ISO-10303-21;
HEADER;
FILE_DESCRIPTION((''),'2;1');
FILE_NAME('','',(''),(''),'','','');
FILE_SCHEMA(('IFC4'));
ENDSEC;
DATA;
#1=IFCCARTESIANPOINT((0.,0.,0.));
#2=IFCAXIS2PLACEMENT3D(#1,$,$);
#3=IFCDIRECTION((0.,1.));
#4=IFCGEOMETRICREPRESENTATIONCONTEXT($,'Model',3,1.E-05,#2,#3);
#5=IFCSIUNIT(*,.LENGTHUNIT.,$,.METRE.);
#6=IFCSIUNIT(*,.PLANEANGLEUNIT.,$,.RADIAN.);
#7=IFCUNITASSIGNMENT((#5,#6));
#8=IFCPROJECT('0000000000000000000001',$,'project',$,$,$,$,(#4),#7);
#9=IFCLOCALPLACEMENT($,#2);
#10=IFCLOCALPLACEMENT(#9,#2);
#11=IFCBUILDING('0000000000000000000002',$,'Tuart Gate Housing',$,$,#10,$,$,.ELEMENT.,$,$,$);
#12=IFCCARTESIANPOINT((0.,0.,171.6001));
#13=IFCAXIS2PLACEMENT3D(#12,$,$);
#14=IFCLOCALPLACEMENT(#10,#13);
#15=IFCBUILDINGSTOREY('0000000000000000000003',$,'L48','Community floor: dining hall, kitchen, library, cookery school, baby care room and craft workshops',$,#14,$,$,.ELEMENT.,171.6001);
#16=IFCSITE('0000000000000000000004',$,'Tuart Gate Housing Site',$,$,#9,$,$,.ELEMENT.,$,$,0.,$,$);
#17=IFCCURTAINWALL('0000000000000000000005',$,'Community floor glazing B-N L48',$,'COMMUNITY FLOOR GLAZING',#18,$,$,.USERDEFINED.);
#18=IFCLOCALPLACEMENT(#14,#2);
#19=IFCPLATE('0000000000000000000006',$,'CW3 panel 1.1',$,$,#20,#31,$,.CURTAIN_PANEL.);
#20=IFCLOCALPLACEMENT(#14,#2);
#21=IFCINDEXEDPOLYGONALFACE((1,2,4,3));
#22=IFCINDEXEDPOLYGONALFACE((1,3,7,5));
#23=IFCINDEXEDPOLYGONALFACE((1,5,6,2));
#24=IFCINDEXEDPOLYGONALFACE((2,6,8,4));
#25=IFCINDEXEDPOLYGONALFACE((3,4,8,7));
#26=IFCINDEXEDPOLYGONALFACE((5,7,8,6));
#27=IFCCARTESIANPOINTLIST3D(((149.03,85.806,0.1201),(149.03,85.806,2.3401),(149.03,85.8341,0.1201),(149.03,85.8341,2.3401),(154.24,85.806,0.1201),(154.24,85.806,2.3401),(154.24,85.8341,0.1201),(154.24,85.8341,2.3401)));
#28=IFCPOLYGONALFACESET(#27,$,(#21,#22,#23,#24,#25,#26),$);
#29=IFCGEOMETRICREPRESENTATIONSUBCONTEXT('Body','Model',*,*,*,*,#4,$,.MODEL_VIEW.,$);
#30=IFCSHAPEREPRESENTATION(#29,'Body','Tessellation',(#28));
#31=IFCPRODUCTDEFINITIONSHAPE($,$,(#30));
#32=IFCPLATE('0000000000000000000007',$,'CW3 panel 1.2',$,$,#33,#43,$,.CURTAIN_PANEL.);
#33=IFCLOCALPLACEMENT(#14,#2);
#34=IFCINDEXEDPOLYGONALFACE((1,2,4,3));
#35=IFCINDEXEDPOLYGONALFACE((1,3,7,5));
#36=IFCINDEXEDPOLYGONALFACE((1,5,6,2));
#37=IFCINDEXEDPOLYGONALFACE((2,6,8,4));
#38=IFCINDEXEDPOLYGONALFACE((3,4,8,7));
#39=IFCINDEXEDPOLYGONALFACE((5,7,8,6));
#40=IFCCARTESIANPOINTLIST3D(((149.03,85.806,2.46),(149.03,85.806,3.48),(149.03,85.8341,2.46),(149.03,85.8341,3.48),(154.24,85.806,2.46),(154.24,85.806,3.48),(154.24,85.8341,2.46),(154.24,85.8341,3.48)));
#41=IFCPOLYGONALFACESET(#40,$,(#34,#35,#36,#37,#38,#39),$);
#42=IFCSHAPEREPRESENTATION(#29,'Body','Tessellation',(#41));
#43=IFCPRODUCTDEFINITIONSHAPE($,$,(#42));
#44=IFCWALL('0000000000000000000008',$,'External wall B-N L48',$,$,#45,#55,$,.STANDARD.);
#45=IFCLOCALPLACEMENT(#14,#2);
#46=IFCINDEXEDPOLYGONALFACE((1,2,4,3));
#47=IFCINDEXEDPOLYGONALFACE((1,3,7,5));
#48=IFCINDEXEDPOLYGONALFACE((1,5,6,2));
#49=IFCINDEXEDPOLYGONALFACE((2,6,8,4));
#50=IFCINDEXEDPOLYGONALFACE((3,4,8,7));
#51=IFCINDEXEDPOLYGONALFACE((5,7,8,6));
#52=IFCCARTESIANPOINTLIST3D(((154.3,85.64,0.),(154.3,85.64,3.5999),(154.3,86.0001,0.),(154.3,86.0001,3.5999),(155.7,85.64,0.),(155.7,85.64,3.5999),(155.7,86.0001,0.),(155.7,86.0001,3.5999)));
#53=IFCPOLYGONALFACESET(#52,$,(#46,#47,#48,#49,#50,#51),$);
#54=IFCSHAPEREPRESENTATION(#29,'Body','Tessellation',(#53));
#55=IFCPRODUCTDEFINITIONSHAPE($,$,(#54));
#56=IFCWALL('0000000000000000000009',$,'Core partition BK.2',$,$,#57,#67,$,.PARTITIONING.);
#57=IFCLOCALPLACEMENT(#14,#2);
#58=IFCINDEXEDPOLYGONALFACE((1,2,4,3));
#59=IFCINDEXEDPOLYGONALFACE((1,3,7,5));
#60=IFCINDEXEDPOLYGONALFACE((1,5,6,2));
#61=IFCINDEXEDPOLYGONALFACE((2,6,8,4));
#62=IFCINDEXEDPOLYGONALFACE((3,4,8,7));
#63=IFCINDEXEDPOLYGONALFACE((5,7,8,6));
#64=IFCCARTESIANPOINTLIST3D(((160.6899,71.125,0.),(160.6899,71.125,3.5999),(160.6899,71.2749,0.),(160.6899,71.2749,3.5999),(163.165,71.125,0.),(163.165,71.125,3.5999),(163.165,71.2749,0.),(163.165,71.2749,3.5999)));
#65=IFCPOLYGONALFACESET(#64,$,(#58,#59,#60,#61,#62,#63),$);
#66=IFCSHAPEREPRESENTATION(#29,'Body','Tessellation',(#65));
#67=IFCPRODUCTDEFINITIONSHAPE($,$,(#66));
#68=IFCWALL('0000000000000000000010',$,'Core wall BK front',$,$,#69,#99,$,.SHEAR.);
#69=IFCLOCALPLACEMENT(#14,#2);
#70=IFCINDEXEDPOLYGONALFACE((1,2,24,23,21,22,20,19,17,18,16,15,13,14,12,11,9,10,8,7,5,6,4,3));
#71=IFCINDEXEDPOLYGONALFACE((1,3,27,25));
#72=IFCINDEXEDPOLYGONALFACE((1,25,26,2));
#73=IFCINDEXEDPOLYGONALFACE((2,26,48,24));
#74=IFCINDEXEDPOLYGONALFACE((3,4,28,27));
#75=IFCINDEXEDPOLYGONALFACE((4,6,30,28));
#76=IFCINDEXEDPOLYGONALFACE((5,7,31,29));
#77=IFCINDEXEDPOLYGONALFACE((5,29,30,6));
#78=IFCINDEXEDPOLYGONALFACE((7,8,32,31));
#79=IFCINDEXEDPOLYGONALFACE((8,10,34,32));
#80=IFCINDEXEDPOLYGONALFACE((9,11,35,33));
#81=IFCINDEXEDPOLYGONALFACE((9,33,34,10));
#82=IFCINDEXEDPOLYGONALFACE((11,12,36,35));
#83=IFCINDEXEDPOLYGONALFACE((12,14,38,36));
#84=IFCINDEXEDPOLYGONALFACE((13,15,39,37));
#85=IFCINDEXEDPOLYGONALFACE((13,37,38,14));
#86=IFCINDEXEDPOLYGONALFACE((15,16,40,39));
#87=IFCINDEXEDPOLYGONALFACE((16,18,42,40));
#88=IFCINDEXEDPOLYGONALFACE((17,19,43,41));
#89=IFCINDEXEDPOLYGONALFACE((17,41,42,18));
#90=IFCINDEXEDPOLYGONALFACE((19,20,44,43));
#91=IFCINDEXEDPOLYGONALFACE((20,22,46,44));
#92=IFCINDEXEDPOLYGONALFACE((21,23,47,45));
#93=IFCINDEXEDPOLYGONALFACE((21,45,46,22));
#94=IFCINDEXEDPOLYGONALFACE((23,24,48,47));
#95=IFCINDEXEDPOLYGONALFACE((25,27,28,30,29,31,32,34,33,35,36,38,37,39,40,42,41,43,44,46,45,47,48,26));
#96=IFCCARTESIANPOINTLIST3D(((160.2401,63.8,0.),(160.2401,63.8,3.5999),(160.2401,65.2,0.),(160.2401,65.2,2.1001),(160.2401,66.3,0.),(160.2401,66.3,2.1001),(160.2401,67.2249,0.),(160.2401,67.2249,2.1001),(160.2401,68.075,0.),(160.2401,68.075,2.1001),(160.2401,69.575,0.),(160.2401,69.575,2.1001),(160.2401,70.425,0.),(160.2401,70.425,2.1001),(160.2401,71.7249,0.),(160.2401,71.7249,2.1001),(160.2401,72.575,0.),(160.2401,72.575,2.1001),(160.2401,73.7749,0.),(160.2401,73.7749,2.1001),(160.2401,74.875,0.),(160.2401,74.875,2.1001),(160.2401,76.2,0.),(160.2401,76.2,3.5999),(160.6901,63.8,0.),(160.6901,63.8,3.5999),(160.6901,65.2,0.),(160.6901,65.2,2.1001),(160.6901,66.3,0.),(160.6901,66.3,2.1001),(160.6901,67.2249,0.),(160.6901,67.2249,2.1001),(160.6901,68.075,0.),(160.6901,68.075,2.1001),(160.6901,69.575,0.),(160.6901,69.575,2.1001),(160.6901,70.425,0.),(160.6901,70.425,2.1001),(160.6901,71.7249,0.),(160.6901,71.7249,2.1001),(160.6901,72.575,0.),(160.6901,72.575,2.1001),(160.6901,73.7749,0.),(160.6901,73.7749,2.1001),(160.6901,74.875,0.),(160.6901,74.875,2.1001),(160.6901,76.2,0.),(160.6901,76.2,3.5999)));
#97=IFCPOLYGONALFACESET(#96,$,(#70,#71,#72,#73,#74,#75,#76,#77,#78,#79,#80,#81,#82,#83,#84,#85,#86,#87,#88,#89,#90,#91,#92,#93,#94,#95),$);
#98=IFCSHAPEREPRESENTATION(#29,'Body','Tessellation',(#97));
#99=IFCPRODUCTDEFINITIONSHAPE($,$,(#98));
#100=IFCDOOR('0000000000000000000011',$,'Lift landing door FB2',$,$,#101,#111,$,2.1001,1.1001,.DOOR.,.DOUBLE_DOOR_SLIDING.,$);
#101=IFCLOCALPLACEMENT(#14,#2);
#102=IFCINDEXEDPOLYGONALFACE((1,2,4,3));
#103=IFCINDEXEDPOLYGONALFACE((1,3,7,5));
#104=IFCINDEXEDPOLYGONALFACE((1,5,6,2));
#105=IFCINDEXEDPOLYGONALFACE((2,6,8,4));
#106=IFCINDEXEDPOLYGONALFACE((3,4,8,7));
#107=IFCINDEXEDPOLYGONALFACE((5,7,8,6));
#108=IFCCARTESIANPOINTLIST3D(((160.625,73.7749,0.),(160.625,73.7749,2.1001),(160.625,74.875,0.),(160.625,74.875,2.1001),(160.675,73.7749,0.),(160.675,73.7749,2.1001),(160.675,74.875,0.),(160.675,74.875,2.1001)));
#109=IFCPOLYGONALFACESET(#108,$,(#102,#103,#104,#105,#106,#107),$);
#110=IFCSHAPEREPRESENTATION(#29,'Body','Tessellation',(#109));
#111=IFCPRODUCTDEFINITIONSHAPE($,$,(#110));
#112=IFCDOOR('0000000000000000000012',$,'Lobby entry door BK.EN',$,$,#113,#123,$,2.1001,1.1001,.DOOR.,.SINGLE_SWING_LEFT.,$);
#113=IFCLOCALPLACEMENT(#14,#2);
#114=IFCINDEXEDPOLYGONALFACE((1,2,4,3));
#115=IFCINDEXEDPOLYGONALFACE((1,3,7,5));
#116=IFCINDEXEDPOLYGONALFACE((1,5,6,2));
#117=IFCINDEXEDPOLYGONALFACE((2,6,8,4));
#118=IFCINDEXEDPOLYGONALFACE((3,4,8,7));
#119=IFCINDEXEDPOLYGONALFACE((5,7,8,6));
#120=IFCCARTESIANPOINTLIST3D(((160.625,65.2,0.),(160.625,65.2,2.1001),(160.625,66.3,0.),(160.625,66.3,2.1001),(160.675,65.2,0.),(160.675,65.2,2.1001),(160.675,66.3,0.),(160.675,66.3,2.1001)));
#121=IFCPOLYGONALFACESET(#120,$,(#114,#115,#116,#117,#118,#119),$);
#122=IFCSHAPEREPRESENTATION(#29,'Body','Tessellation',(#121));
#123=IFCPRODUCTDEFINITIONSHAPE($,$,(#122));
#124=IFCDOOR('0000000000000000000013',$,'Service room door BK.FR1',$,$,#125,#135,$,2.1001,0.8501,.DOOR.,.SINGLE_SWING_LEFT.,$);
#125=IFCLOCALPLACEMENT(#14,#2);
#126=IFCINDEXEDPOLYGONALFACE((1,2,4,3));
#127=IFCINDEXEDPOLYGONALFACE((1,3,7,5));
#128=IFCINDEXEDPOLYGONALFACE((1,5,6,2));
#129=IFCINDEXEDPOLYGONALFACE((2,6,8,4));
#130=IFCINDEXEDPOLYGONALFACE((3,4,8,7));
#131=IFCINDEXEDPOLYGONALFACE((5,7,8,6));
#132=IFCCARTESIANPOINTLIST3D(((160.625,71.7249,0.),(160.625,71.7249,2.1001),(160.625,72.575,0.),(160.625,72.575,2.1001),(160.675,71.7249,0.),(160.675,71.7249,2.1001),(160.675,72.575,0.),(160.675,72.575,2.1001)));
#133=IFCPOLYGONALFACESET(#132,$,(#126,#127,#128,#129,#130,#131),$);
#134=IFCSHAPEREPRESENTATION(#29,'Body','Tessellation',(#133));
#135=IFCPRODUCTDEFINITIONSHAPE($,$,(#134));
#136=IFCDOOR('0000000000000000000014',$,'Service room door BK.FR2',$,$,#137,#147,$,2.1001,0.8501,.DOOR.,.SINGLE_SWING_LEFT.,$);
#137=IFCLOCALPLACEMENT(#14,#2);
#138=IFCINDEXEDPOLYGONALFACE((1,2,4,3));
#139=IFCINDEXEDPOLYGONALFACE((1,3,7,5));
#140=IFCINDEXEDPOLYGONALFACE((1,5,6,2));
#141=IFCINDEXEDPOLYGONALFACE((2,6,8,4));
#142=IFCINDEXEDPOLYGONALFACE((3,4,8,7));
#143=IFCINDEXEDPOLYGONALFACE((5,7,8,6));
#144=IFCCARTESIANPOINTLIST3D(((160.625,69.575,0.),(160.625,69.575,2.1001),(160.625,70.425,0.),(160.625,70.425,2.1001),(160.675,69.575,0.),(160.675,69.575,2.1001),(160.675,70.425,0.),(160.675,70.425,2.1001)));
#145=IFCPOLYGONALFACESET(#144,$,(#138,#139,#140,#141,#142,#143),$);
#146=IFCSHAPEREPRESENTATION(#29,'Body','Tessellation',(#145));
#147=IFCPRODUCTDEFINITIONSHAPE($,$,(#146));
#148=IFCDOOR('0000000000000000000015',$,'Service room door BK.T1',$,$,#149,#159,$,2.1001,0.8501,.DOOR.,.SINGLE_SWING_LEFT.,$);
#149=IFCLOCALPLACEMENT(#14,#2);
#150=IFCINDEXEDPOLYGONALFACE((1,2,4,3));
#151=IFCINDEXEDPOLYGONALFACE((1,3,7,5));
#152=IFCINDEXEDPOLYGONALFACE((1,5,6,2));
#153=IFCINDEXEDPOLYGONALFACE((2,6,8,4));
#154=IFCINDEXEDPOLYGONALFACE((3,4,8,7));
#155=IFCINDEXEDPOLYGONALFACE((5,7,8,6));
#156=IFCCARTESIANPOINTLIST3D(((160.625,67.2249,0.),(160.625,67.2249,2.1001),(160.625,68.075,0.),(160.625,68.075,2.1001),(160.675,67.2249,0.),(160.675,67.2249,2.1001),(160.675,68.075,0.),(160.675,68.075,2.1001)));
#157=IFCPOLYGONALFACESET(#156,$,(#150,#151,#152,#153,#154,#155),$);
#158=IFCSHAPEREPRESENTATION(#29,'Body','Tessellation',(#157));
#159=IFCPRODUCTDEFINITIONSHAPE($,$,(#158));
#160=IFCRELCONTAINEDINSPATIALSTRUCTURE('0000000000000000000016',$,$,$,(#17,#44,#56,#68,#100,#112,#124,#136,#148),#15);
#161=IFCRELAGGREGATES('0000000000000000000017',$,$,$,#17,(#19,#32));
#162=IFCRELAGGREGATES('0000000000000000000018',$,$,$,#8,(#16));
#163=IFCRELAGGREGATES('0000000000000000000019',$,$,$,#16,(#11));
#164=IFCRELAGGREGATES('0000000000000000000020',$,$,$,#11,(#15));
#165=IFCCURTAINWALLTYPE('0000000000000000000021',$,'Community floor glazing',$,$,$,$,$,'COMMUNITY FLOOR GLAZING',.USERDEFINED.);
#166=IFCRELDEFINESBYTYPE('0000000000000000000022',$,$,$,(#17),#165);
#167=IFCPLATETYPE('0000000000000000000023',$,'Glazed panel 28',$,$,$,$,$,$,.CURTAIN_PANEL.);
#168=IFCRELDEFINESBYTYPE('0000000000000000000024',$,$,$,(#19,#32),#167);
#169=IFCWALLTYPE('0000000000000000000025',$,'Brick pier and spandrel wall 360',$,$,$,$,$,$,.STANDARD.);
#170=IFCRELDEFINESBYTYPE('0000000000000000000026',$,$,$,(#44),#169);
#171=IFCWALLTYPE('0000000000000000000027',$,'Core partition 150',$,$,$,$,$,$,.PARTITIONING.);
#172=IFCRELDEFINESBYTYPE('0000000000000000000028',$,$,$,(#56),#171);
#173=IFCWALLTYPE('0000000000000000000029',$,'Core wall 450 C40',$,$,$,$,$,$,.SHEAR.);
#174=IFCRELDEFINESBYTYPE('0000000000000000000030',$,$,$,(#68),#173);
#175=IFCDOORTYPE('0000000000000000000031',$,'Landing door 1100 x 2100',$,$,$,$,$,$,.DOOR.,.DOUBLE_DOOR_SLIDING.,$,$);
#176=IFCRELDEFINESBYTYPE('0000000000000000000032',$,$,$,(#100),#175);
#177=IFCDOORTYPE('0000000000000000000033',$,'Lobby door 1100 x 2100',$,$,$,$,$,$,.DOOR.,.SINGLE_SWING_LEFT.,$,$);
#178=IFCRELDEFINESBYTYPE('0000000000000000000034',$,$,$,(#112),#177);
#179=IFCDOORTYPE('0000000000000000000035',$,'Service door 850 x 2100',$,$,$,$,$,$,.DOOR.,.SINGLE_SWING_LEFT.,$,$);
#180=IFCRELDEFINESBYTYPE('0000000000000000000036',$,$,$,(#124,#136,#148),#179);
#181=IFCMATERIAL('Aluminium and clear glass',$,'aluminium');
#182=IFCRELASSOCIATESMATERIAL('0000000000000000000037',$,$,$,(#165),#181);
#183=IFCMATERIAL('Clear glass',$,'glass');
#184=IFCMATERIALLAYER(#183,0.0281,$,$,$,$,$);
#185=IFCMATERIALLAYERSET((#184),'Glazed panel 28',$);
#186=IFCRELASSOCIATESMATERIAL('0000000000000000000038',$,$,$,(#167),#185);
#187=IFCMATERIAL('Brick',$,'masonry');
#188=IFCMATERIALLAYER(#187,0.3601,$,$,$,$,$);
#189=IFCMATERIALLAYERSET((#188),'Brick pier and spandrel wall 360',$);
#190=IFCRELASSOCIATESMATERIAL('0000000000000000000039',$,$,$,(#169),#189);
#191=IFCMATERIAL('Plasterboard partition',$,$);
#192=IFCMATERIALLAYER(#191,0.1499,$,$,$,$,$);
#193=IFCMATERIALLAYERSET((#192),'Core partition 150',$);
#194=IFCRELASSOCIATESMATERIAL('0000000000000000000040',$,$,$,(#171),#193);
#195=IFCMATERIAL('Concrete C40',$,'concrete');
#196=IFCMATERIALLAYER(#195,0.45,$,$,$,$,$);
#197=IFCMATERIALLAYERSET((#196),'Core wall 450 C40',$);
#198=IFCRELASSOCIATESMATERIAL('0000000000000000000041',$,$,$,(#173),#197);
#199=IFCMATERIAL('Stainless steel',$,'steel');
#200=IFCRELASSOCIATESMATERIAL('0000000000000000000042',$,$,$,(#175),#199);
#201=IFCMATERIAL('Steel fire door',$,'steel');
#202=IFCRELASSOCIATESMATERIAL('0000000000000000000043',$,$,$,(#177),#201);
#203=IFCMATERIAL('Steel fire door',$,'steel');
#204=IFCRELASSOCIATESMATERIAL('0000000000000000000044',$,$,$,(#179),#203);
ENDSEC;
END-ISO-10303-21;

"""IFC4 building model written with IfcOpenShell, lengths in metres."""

from ifc_helpers import new_model, si_unit, direction, frame, frame_2d, origin, origin_2d, place, context, subcontext, project, spatial, rectangle, extrude, material, layer, layer_set, type_object, element, fill, aggregate, save


model = new_model("IFC4")

# Units and contexts
model_context = context("Model", 3, precision=1e-05, world=origin(), true_north=direction((0.0, 1.0)))
body_context = subcontext(model_context, "Body", "Model", "MODEL_VIEW")
ifc_project = project(units=[si_unit("LENGTHUNIT", "METRE"), si_unit("PLANEANGLEUNIT", "RADIAN")], contexts=[model_context])

# Site, building, storey
site_placement = place(None, origin())
site = spatial("IfcSite", under=ifc_project, at=site_placement, Name="Tuart Gate Housing Site", CompositionType="ELEMENT", RefElevation=0.0)
building_placement = place(site_placement, origin())
building = spatial("IfcBuilding", under=site, at=building_placement, Name="Tuart Gate Housing", CompositionType="ELEMENT")
storey_placement = place(building_placement, frame((0.0, 0.0, 171.6001)))
storey = spatial("IfcBuildingStorey", under=building, at=storey_placement, Name="L48", Description="Community floor: dining hall, kitchen, library, cookery school, baby care room and craft workshops", CompositionType="ELEMENT", Elevation=171.6001)

# Curtain wall
ifc_material_1 = material(Name="Aluminium and clear glass", Category="aluminium")
curtain_wall_type = type_object("IfcCurtainWallType", Name="Community floor glazing", ElementType="COMMUNITY FLOOR GLAZING", PredefinedType="USERDEFINED", material=ifc_material_1)
curtain_wall_1_placement = place(storey_placement, origin())
curtain_wall_1 = element("IfcCurtainWall", 1, at=curtain_wall_1_placement, inside=storey, type_object=curtain_wall_type, Name="Community floor glazing B-N L48", ObjectType="COMMUNITY FLOOR GLAZING", PredefinedType="USERDEFINED")

# Plates
ifc_material_2 = material(Name="Clear glass", Category="glass")
ifc_layer_1 = layer(ifc_material_2, 0.0281)
ifc_layer_set_1 = layer_set([ifc_layer_1], Name="Glazed panel 28")
plate_type = type_object("IfcPlateType", Name="Glazed panel 28", PredefinedType="CURTAIN_PANEL", material=ifc_layer_set_1)
plate_1_placement = place(storey_placement, frame((151.635, 85.8201, 0.1201), z_axis=(0.0, 0.0, 1.0), x_axis=(-1.0, 0.0, 0.0)))
plate_1 = element("IfcPlate", 2, at=plate_1_placement, type_object=plate_type, Name="CW3 panel 1.1", PredefinedType="CURTAIN_PANEL", context=body_context, shape_type="SweptSolid", body=[
    extrude(rectangle(XDim=5.21, YDim=0.0281, at=origin_2d()), origin(), (0.0, 0.0, 1.0), 2.22),
])
plate_2_placement = place(storey_placement, frame((151.635, 85.8201, 2.46), z_axis=(0.0, 0.0, 1.0), x_axis=(-1.0, 0.0, 0.0)))
plate_2 = element("IfcPlate", 3, at=plate_2_placement, type_object=plate_type, Name="CW3 panel 1.2", PredefinedType="CURTAIN_PANEL", context=body_context, shape_type="SweptSolid", body=[
    extrude(rectangle(XDim=5.21, YDim=0.0281, at=origin_2d()), origin(), (0.0, 0.0, 1.0), 1.02),
])
aggregate(curtain_wall_1, [plate_1, plate_2])

# Walls
ifc_material_3 = material(Name="Brick", Category="masonry")
ifc_layer_2 = layer(ifc_material_3, 0.3601)
ifc_layer_set_2 = layer_set([ifc_layer_2], Name="Brick pier and spandrel wall 360")
wall_type_1 = type_object("IfcWallType", Name="Brick pier and spandrel wall 360", PredefinedType="STANDARD", material=ifc_layer_set_2)
wall_1_placement = place(storey_placement, frame((155.7, 85.8201, 0.0), z_axis=(0.0, 0.0, 1.0), x_axis=(-1.0, 0.0, 0.0)))
element("IfcWall", 4, at=wall_1_placement, inside=storey, type_object=wall_type_1, Name="External wall B-N L48", PredefinedType="STANDARD", context=body_context, shape_type="SweptSolid", body=[
    extrude(rectangle(XDim=1.3999, YDim=0.3601, at=frame_2d((0.7, 0.0))), origin(), (0.0, 0.0, 1.0), 3.5999),
])
ifc_material_4 = material(Name="Plasterboard partition")
ifc_layer_3 = layer(ifc_material_4, 0.1499)
ifc_layer_set_3 = layer_set([ifc_layer_3], Name="Core partition 150")
wall_type_2 = type_object("IfcWallType", Name="Core partition 150", PredefinedType="PARTITIONING", material=ifc_layer_set_3)
wall_2_placement = place(storey_placement, frame((160.6899, 71.2, 0.0), z_axis=(0.0, 0.0, 1.0), x_axis=(1.0, 0.0, 0.0)))
element("IfcWall", 5, at=wall_2_placement, inside=storey, type_object=wall_type_2, Name="Core partition BK.2", PredefinedType="PARTITIONING", context=body_context, shape_type="SweptSolid", body=[
    extrude(rectangle(XDim=2.4751, YDim=0.1499, at=frame_2d((1.2375, 0.0))), origin(), (0.0, 0.0, 1.0), 3.5999),
])

# Wall, openings, doors
ifc_material_5 = material(Name="Concrete C40", Category="concrete")
ifc_layer_4 = layer(ifc_material_5, 0.45)
ifc_layer_set_4 = layer_set([ifc_layer_4], Name="Core wall 450 C40")
wall_type_3 = type_object("IfcWallType", Name="Core wall 450 C40", PredefinedType="SHEAR", material=ifc_layer_set_4)
wall_3_placement = place(storey_placement, frame((160.4651, 76.2, 0.0), z_axis=(0.0, 0.0, 1.0), x_axis=(0.0, -1.0, 0.0)))
wall_3 = element("IfcWall", 6, at=wall_3_placement, inside=storey, type_object=wall_type_3, Name="Core wall BK front", PredefinedType="SHEAR", context=body_context, shape_type="SweptSolid", body=[
    extrude(rectangle(XDim=12.3999, YDim=0.45, at=frame_2d((6.2, 0.0))), origin(), (0.0, 0.0, 1.0), 3.5999),
])
opening_1_placement = place(wall_3_placement, frame((1.325, 0.0, 0.0)))
opening_1 = element("IfcOpeningElement", 7, at=opening_1_placement, cuts=wall_3, PredefinedType="OPENING", context=body_context, shape_type="SweptSolid", body=[
    extrude(rectangle(XDim=1.1001, YDim=2.1001, at=frame_2d((0.55, 1.05))), frame((0.0, 0.2349, 0.0), z_axis=(0.0, -1.0, 0.0), x_axis=(1.0, 0.0, 0.0)), (0.0, 0.0, 1.0), 0.47),
])
opening_2_placement = place(wall_3_placement, frame((3.625, 0.0, 0.0)))
opening_2 = element("IfcOpeningElement", 8, at=opening_2_placement, cuts=wall_3, PredefinedType="OPENING", context=body_context, shape_type="SweptSolid", body=[
    extrude(rectangle(XDim=0.8501, YDim=2.1001, at=frame_2d((0.425, 1.05))), frame((0.0, 0.2349, 0.0), z_axis=(0.0, -1.0, 0.0), x_axis=(1.0, 0.0, 0.0)), (0.0, 0.0, 1.0), 0.47),
])
opening_3_placement = place(wall_3_placement, frame((5.7749, 0.0, 0.0)))
opening_3 = element("IfcOpeningElement", 9, at=opening_3_placement, cuts=wall_3, PredefinedType="OPENING", context=body_context, shape_type="SweptSolid", body=[
    extrude(rectangle(XDim=0.8501, YDim=2.1001, at=frame_2d((0.425, 1.05))), frame((0.0, 0.2349, 0.0), z_axis=(0.0, -1.0, 0.0), x_axis=(1.0, 0.0, 0.0)), (0.0, 0.0, 1.0), 0.47),
])
opening_4_placement = place(wall_3_placement, frame((9.8999, 0.0, 0.0)))
opening_4 = element("IfcOpeningElement", 10, at=opening_4_placement, cuts=wall_3, PredefinedType="OPENING", context=body_context, shape_type="SweptSolid", body=[
    extrude(rectangle(XDim=1.1001, YDim=2.1001, at=frame_2d((0.55, 1.05))), frame((0.0, 0.2349, 0.0), z_axis=(0.0, -1.0, 0.0), x_axis=(1.0, 0.0, 0.0)), (0.0, 0.0, 1.0), 0.47),
])
opening_5_placement = place(wall_3_placement, frame((8.125, 0.0, 0.0)))
opening_5 = element("IfcOpeningElement", 11, at=opening_5_placement, cuts=wall_3, PredefinedType="OPENING", context=body_context, shape_type="SweptSolid", body=[
    extrude(rectangle(XDim=0.8501, YDim=2.1001, at=frame_2d((0.425, 1.05))), frame((0.0, 0.2349, 0.0), z_axis=(0.0, -1.0, 0.0), x_axis=(1.0, 0.0, 0.0)), (0.0, 0.0, 1.0), 0.47),
])
ifc_material_6 = material(Name="Stainless steel", Category="steel")
door_type_1 = type_object("IfcDoorType", Name="Landing door 1100 x 2100", OperationType="DOUBLE_DOOR_SLIDING", PredefinedType="DOOR", material=ifc_material_6)
door_1_placement = place(opening_1_placement, origin())
door_1 = element("IfcDoor", 12, at=door_1_placement, inside=storey, type_object=door_type_1, Name="Lift landing door FB2", OperationType="DOUBLE_DOOR_SLIDING", OverallHeight=2.1001, OverallWidth=1.1001, PredefinedType="DOOR", context=body_context, shape_type="SweptSolid", body=[
    extrude(rectangle(XDim=1.1001, YDim=2.1001, at=frame_2d((0.55, 1.05))), frame((0.0, 0.21, 0.0), z_axis=(0.0, -1.0, 0.0), x_axis=(1.0, 0.0, 0.0)), (0.0, 0.0, 1.0), 0.05),
])
fill(opening_1, door_1)
ifc_material_7 = material(Name="Steel fire door", Category="steel")
door_type_2 = type_object("IfcDoorType", Name="Lobby door 1100 x 2100", OperationType="SINGLE_SWING_LEFT", PredefinedType="DOOR", material=ifc_material_7)
door_2_placement = place(opening_4_placement, origin())
door_2 = element("IfcDoor", 13, at=door_2_placement, inside=storey, type_object=door_type_2, Name="Lobby entry door BK.EN", OperationType="SINGLE_SWING_LEFT", OverallHeight=2.1001, OverallWidth=1.1001, PredefinedType="DOOR", context=body_context, shape_type="SweptSolid", body=[
    extrude(rectangle(XDim=1.1001, YDim=2.1001, at=frame_2d((0.55, 1.05))), frame((0.0, 0.21, 0.0), z_axis=(0.0, -1.0, 0.0), x_axis=(1.0, 0.0, 0.0)), (0.0, 0.0, 1.0), 0.05),
])
fill(opening_4, door_2)
ifc_material_8 = material(Name="Steel fire door", Category="steel")
door_type_3 = type_object("IfcDoorType", Name="Service door 850 x 2100", OperationType="SINGLE_SWING_LEFT", PredefinedType="DOOR", material=ifc_material_8)
door_3_placement = place(opening_2_placement, origin())
door_3 = element("IfcDoor", 14, at=door_3_placement, inside=storey, type_object=door_type_3, Name="Service room door BK.FR1", OperationType="SINGLE_SWING_LEFT", OverallHeight=2.1001, OverallWidth=0.8501, PredefinedType="DOOR", context=body_context, shape_type="SweptSolid", body=[
    extrude(rectangle(XDim=0.8501, YDim=2.1001, at=frame_2d((0.425, 1.05))), frame((0.0, 0.21, 0.0), z_axis=(0.0, -1.0, 0.0), x_axis=(1.0, 0.0, 0.0)), (0.0, 0.0, 1.0), 0.05),
])
fill(opening_2, door_3)
door_4_placement = place(opening_3_placement, origin())
door_4 = element("IfcDoor", 15, at=door_4_placement, inside=storey, type_object=door_type_3, Name="Service room door BK.FR2", OperationType="SINGLE_SWING_LEFT", OverallHeight=2.1001, OverallWidth=0.8501, PredefinedType="DOOR", context=body_context, shape_type="SweptSolid", body=[
    extrude(rectangle(XDim=0.8501, YDim=2.1001, at=frame_2d((0.425, 1.05))), frame((0.0, 0.21, 0.0), z_axis=(0.0, -1.0, 0.0), x_axis=(1.0, 0.0, 0.0)), (0.0, 0.0, 1.0), 0.05),
])
fill(opening_3, door_4)
door_5_placement = place(opening_5_placement, origin())
door_5 = element("IfcDoor", 16, at=door_5_placement, inside=storey, type_object=door_type_3, Name="Service room door BK.T1", OperationType="SINGLE_SWING_LEFT", OverallHeight=2.1001, OverallWidth=0.8501, PredefinedType="DOOR", context=body_context, shape_type="SweptSolid", body=[
    extrude(rectangle(XDim=0.8501, YDim=2.1001, at=frame_2d((0.425, 1.05))), frame((0.0, 0.21, 0.0), z_axis=(0.0, -1.0, 0.0), x_axis=(1.0, 0.0, 0.0)), (0.0, 0.0, 1.0), 0.05),
])
fill(opening_5, door_5)

save(model, "model.ifc")
